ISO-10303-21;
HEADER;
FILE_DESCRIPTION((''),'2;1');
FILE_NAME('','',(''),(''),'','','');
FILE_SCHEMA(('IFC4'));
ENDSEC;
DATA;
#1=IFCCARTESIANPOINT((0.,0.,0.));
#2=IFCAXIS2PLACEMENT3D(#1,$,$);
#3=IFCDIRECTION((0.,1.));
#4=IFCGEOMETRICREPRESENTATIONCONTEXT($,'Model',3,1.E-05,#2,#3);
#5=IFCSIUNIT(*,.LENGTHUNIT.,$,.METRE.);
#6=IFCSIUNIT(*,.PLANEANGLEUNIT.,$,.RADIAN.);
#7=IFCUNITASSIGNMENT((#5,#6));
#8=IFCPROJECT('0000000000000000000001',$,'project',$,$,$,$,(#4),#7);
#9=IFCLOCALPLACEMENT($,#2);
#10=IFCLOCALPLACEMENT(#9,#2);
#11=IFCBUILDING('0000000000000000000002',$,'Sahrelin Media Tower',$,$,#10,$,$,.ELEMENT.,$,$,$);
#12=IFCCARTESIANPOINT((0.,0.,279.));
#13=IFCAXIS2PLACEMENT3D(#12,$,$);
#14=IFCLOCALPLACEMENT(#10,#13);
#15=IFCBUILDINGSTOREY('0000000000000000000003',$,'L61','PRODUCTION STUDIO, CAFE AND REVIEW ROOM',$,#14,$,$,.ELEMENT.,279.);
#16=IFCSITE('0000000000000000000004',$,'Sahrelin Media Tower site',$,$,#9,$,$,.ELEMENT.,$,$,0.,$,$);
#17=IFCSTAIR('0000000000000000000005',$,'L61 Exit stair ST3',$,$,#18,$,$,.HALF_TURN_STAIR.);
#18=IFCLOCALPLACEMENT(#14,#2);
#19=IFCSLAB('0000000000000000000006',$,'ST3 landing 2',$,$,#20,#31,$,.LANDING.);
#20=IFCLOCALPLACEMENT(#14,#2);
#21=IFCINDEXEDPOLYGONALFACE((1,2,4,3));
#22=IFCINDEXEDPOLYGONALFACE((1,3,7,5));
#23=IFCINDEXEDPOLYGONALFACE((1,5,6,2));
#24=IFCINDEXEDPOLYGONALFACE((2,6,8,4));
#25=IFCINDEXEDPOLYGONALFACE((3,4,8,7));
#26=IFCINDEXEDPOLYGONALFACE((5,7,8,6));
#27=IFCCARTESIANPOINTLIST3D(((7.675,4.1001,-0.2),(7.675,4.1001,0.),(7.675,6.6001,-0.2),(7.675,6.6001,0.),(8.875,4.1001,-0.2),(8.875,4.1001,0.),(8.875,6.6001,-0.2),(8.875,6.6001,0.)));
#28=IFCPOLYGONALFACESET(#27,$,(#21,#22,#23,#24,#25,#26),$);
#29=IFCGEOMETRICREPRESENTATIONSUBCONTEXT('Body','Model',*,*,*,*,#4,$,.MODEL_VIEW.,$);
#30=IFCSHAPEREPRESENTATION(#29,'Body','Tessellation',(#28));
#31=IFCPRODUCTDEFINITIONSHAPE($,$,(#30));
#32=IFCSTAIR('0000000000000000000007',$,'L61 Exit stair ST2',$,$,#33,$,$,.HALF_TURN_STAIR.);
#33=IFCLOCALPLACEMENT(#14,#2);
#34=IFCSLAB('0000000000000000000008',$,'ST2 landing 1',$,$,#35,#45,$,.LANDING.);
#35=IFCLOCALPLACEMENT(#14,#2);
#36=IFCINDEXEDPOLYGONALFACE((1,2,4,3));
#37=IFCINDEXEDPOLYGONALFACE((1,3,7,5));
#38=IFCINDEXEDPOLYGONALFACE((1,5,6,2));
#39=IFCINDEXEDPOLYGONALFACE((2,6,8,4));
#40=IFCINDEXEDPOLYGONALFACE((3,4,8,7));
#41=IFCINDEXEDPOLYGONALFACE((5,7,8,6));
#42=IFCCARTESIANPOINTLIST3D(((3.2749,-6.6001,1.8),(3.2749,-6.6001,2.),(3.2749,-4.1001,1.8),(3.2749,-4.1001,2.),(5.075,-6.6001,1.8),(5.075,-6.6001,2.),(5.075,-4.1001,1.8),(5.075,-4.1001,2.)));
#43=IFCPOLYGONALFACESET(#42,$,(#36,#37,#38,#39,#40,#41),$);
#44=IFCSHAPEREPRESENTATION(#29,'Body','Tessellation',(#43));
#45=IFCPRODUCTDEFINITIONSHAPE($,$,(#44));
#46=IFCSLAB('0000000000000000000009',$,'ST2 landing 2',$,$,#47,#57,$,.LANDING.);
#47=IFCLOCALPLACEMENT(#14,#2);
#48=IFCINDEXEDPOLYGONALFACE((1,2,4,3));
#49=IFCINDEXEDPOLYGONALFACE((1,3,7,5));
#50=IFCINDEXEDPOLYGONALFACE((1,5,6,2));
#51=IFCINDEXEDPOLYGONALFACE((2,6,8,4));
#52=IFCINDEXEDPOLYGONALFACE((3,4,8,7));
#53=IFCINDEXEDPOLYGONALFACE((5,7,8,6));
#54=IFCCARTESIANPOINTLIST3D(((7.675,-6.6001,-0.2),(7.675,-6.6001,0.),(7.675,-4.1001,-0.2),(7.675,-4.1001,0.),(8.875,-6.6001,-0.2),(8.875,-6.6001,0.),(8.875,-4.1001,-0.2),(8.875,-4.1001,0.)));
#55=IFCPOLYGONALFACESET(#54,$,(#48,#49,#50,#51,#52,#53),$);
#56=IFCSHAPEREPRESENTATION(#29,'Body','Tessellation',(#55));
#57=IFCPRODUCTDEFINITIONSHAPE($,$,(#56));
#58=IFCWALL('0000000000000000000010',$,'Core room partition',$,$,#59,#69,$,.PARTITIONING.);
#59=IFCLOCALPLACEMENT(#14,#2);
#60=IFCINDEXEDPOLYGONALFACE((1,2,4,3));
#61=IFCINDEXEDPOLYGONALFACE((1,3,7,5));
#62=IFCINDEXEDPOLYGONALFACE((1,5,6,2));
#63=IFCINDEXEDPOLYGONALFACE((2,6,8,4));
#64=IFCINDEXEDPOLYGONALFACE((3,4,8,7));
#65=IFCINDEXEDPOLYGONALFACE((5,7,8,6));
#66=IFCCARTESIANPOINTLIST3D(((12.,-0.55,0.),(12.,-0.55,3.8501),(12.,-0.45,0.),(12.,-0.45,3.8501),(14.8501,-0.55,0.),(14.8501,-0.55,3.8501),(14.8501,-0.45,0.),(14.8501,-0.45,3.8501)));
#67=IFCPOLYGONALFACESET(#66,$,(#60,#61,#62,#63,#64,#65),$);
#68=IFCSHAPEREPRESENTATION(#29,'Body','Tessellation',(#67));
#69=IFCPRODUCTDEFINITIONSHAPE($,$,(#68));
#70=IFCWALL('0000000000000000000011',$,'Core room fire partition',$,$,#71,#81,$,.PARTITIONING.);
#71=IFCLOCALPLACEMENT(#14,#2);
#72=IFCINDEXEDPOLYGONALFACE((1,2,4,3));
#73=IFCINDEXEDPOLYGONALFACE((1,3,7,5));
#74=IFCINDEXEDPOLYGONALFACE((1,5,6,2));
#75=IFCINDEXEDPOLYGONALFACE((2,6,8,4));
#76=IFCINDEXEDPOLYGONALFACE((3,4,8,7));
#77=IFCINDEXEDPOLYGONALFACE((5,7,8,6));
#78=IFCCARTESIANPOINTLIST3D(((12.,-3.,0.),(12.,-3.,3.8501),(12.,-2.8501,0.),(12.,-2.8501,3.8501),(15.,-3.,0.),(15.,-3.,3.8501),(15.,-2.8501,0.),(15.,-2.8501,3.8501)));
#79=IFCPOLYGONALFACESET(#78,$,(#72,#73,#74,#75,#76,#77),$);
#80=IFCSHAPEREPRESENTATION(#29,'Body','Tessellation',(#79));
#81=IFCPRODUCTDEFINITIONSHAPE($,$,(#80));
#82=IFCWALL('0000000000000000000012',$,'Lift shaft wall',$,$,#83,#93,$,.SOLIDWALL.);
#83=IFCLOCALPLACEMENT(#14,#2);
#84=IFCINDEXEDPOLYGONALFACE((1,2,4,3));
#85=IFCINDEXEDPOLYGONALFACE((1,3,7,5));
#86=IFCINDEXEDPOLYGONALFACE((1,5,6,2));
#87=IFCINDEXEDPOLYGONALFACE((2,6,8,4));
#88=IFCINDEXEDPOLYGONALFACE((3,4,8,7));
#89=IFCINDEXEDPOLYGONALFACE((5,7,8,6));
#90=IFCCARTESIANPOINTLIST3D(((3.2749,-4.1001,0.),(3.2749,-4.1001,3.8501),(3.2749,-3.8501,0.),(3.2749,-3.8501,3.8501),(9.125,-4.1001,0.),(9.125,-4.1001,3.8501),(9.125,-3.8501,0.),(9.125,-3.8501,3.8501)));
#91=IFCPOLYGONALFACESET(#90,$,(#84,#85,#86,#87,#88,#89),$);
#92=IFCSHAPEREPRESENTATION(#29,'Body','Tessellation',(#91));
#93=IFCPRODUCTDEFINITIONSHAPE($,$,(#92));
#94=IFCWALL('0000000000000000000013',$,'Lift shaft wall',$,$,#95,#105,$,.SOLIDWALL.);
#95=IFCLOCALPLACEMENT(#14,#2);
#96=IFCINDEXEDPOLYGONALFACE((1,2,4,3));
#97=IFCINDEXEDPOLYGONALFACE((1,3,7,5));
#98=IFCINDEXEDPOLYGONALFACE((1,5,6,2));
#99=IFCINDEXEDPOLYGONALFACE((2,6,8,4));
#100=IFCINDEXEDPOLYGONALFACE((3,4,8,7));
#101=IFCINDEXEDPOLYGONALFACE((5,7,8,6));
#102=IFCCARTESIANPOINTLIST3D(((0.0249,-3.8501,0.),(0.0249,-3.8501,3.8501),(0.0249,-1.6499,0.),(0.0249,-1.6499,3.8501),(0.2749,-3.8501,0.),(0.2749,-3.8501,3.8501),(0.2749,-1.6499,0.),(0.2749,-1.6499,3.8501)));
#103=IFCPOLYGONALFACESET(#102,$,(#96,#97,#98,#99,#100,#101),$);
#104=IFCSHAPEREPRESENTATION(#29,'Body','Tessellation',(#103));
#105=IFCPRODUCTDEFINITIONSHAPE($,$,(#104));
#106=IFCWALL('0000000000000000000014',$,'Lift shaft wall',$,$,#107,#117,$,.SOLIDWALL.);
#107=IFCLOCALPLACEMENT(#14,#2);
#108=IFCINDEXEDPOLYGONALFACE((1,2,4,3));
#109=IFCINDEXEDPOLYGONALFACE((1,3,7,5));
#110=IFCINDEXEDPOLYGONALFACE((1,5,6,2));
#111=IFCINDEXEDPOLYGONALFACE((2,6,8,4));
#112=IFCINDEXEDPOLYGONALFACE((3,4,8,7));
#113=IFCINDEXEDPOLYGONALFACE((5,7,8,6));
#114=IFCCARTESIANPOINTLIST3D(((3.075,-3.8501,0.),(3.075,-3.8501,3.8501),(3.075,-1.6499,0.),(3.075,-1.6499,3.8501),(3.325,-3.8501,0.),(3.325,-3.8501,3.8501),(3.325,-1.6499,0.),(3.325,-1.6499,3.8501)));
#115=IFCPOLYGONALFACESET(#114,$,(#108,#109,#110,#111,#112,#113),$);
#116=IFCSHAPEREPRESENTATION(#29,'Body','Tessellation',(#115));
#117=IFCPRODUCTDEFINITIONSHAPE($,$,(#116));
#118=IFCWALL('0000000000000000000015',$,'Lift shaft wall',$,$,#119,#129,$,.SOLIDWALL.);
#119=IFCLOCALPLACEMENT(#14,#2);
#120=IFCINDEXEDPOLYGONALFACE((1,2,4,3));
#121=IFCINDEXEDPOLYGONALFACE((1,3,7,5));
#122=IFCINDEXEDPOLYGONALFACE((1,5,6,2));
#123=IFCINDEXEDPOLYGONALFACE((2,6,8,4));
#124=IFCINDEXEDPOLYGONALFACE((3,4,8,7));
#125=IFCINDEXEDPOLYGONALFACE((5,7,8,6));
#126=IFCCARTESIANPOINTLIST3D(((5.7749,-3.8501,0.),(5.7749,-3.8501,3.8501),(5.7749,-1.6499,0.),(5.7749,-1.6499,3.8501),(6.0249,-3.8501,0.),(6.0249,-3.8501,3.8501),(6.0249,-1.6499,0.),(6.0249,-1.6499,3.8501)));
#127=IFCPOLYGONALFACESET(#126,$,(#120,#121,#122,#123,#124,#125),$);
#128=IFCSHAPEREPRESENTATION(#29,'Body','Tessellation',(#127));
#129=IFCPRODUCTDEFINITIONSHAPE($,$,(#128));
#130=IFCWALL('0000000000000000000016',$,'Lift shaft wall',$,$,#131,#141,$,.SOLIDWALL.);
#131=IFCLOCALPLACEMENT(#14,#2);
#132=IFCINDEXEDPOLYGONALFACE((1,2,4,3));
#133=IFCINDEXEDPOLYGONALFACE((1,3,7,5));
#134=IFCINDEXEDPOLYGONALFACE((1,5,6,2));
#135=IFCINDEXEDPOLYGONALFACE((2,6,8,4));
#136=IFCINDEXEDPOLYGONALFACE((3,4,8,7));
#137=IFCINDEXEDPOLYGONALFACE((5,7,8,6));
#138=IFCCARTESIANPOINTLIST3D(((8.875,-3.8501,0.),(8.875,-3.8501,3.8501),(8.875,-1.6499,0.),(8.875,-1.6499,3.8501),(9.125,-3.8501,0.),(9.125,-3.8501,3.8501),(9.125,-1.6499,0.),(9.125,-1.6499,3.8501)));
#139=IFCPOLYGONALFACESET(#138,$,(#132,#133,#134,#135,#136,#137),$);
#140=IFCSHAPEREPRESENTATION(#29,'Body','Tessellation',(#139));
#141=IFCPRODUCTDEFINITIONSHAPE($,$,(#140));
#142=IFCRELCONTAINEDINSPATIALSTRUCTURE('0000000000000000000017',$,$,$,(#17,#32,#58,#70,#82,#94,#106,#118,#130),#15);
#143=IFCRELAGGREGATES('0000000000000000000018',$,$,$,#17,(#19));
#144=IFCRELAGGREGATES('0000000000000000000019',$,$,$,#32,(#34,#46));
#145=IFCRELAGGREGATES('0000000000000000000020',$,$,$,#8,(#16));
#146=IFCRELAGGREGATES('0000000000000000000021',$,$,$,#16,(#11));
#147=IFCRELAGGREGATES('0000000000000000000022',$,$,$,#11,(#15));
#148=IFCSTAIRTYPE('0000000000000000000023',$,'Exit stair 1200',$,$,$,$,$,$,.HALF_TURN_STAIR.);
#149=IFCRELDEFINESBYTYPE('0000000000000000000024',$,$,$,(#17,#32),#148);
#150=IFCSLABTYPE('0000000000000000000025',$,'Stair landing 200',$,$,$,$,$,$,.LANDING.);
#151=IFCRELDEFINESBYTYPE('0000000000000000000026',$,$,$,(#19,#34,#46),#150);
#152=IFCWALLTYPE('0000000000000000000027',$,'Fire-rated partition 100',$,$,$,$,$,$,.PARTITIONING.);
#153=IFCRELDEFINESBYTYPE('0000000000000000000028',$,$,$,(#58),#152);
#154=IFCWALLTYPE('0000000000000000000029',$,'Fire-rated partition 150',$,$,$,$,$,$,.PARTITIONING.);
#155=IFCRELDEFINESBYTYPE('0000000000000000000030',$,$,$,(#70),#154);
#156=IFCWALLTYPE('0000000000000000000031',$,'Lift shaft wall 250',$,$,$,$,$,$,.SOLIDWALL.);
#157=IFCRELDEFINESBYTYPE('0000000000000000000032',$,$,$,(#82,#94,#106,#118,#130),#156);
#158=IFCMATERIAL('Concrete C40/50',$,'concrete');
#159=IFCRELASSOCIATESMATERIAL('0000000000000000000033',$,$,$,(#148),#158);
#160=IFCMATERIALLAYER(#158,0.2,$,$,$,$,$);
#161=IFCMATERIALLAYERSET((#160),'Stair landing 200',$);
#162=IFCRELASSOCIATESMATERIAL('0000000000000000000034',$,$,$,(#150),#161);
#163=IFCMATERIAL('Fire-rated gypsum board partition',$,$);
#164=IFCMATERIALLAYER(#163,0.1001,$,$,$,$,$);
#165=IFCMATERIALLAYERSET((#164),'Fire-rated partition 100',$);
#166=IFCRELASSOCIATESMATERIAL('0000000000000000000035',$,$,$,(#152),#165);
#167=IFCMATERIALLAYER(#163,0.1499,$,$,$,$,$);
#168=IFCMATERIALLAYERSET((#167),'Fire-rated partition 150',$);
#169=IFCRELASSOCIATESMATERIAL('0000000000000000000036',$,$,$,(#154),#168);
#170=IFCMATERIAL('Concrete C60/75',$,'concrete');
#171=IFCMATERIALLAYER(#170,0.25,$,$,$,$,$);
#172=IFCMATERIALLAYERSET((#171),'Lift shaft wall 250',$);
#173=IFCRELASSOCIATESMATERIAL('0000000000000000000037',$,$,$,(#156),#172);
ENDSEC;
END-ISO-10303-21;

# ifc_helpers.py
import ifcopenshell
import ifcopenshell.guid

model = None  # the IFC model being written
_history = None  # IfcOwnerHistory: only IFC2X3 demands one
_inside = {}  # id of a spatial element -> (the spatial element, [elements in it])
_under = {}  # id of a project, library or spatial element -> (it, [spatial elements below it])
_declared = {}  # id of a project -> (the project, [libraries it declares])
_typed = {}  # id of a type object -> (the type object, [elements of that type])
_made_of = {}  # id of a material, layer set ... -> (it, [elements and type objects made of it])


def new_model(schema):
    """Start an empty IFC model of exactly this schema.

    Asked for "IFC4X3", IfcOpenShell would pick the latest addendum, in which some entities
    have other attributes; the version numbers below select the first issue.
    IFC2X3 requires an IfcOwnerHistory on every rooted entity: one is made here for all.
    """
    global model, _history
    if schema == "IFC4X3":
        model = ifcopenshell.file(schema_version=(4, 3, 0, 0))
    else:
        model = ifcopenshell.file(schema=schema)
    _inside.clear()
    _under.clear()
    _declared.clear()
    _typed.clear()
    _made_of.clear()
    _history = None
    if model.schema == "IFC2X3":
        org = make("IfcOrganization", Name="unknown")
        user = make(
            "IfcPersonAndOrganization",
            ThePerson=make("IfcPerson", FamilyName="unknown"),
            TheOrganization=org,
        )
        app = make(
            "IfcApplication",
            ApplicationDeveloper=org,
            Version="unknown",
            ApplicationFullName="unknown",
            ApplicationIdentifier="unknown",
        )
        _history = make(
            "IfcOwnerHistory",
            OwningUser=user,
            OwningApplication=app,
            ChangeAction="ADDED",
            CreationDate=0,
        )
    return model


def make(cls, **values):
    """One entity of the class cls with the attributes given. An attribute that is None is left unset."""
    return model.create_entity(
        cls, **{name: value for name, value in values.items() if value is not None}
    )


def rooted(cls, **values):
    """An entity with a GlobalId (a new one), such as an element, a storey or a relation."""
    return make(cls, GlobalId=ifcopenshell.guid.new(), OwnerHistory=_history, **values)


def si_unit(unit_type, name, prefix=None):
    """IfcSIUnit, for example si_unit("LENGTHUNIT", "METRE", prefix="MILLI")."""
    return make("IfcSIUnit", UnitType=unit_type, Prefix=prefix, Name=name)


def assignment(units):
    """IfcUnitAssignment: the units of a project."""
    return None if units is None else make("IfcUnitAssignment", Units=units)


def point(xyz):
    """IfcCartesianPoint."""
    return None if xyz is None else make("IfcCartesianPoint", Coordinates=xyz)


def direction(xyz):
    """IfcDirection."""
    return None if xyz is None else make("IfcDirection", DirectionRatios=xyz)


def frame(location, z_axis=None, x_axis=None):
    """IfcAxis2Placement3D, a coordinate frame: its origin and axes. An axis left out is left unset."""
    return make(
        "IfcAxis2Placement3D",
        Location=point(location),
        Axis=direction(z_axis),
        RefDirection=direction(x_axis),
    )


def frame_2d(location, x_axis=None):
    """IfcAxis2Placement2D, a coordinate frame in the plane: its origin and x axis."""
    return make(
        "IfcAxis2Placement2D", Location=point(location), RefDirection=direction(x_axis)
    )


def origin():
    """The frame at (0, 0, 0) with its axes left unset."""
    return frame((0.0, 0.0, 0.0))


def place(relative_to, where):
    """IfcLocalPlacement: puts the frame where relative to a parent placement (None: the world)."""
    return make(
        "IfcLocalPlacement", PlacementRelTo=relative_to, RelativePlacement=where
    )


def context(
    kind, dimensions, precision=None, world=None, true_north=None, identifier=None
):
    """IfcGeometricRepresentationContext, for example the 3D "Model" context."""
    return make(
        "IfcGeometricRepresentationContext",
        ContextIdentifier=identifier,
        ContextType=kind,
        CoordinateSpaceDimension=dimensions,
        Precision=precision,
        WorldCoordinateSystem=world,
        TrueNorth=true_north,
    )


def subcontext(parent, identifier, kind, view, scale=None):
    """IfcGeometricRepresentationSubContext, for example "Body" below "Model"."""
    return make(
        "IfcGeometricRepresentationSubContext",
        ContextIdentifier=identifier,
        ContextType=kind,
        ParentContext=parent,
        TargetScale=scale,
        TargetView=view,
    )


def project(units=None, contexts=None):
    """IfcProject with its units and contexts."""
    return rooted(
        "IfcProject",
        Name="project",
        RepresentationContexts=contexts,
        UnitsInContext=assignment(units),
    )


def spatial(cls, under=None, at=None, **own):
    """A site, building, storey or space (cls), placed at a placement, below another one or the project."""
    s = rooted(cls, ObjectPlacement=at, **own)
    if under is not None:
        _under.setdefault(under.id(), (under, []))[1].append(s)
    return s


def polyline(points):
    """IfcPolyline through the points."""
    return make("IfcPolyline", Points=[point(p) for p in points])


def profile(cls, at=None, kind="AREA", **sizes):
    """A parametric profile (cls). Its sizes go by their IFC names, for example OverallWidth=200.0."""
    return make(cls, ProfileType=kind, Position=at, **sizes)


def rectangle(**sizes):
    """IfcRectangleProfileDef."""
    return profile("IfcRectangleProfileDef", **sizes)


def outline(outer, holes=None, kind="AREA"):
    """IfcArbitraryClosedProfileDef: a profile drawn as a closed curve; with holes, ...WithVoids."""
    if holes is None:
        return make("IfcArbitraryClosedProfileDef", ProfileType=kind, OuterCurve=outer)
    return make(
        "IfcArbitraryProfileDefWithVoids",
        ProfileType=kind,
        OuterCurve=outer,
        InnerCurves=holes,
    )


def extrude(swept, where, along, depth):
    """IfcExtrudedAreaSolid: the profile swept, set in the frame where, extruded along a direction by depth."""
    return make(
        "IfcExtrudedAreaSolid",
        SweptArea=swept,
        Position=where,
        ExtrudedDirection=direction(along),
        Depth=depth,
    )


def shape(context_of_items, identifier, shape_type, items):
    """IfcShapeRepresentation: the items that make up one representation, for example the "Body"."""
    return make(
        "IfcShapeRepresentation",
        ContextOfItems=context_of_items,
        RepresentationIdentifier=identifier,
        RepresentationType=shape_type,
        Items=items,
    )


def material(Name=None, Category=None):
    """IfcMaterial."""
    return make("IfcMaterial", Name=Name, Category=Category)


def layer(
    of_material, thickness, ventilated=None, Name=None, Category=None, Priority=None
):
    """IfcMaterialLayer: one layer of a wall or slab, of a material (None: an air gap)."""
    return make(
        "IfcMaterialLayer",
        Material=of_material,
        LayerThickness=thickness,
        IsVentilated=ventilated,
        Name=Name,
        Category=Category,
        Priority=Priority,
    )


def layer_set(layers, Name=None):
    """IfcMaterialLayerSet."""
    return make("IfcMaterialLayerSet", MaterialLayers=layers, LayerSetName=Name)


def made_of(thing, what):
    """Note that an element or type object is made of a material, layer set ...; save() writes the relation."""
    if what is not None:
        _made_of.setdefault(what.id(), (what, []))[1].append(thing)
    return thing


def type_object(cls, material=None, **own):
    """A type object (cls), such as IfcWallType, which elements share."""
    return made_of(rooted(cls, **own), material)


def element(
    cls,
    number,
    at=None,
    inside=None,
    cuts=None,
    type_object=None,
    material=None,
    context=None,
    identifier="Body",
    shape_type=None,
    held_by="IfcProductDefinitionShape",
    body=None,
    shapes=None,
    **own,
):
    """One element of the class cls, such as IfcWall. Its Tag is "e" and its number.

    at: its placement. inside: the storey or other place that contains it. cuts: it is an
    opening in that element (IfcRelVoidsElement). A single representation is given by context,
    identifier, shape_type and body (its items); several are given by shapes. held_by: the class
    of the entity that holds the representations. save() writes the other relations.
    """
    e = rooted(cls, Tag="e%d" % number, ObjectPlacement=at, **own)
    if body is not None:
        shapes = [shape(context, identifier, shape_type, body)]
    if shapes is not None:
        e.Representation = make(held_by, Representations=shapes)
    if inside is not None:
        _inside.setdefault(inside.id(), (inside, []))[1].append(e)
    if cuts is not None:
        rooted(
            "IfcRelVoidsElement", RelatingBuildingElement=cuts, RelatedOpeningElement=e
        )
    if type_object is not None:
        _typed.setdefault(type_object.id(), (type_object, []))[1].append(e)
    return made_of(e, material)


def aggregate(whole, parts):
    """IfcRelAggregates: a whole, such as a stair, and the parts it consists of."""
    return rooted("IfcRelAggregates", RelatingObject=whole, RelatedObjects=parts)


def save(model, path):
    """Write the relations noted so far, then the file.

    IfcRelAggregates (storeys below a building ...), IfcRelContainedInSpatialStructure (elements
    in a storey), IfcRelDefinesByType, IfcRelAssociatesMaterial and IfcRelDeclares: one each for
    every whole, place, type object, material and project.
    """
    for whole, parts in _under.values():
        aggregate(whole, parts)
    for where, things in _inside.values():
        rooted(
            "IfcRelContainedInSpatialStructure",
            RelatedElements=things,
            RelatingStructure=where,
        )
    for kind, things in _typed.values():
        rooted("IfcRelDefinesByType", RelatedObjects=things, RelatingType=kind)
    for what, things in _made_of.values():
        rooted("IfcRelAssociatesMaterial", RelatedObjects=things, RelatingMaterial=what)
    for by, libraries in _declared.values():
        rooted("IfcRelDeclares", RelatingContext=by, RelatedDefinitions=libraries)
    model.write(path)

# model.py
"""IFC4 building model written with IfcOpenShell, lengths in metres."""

from ifc_helpers import new_model, si_unit, direction, frame, frame_2d, origin, place, context, subcontext, project, spatial, polyline, rectangle, outline, extrude, material, layer, layer_set, type_object, element, aggregate, save


model = new_model("IFC4")

# Units and contexts
model_context = context("Model", 3, precision=1e-05, world=origin(), true_north=direction((0.0, 1.0)))
body_context = subcontext(model_context, "Body", "Model", "MODEL_VIEW")
ifc_project = project(units=[si_unit("LENGTHUNIT", "METRE"), si_unit("PLANEANGLEUNIT", "RADIAN")], contexts=[model_context])

# Site, building, storey
site_placement = place(None, origin())
site = spatial("IfcSite", under=ifc_project, at=site_placement, Name="Sahrelin Media Tower site", CompositionType="ELEMENT", RefElevation=0.0)
building_placement = place(site_placement, origin())
building = spatial("IfcBuilding", under=site, at=building_placement, Name="Sahrelin Media Tower", CompositionType="ELEMENT")
storey_placement = place(building_placement, frame((0.0, 0.0, 279.0)))
storey = spatial("IfcBuildingStorey", under=building, at=storey_placement, Name="L61", Description="PRODUCTION STUDIO, CAFE AND REVIEW ROOM", CompositionType="ELEMENT", Elevation=279.0)

# Shared definitions
ifc_material_1 = material(Name="Concrete C40/50", Category="concrete")

# Shared definitions
stair_type = type_object("IfcStairType", Name="Exit stair 1200", PredefinedType="HALF_TURN_STAIR", material=ifc_material_1)
placement_1 = place(storey_placement, origin())
ifc_layer_1 = layer(ifc_material_1, 0.2)
ifc_layer_set_1 = layer_set([ifc_layer_1], Name="Stair landing 200")
slab_type_1 = type_object("IfcSlabType", Name="Stair landing 200", PredefinedType="LANDING", material=ifc_layer_set_1)
placement_2 = place(storey_placement, frame((0.0, 0.0, -0.2)))

# Stairs, slabs
stair_1 = element("IfcStair", 1, at=placement_1, inside=storey, type_object=stair_type, Name="L61 Exit stair ST3", PredefinedType="HALF_TURN_STAIR")
placement_3 = place(storey_placement, frame((0.0, 0.0, 1.8)))
slab_1 = element("IfcSlab", 2, at=placement_2, type_object=slab_type_1, Name="ST3 landing 2", PredefinedType="LANDING", context=body_context, shape_type="SweptSolid", body=[
    extrude(outline(polyline([(8.875, 6.6001), (7.675, 6.6001), (7.675, 4.1001), (8.875, 4.1001), (8.875, 6.6001)])), origin(), (0.0, 0.0, 1.0), 0.2),
])
aggregate(stair_1, [slab_1])
stair_2 = element("IfcStair", 3, at=placement_1, inside=storey, type_object=stair_type, Name="L61 Exit stair ST2", PredefinedType="HALF_TURN_STAIR")
slab_2 = element("IfcSlab", 4, at=placement_3, type_object=slab_type_1, Name="ST2 landing 1", PredefinedType="LANDING", context=body_context, shape_type="SweptSolid", body=[
    extrude(outline(polyline([(5.075, -4.1001), (3.2749, -4.1001), (3.2749, -6.6001), (5.075, -6.6001), (5.075, -4.1001)])), origin(), (0.0, 0.0, 1.0), 0.2),
])
slab_3 = element("IfcSlab", 5, at=placement_2, type_object=slab_type_1, Name="ST2 landing 2", PredefinedType="LANDING", context=body_context, shape_type="SweptSolid", body=[
    extrude(outline(polyline([(8.875, -4.1001), (7.675, -4.1001), (7.675, -6.6001), (8.875, -6.6001), (8.875, -4.1001)])), origin(), (0.0, 0.0, 1.0), 0.2),
])
aggregate(stair_2, [slab_2, slab_3])

# Walls
ifc_material_2 = material(Name="Fire-rated gypsum board partition")
ifc_layer_2 = layer(ifc_material_2, 0.1001)
ifc_layer_set_2 = layer_set([ifc_layer_2], Name="Fire-rated partition 100")
wall_type_1 = type_object("IfcWallType", Name="Fire-rated partition 100", PredefinedType="PARTITIONING", material=ifc_layer_set_2)
wall_1_placement = place(storey_placement, frame((12.0, -0.5, 0.0), z_axis=(0.0, 0.0, 1.0), x_axis=(1.0, 0.0, 0.0)))
element("IfcWall", 6, at=wall_1_placement, inside=storey, type_object=wall_type_1, Name="Core room partition", PredefinedType="PARTITIONING", context=body_context, shape_type="SweptSolid", body=[
    extrude(rectangle(XDim=2.8501, YDim=0.1001, at=frame_2d((1.425, 0.0))), origin(), (0.0, 0.0, 1.0), 3.8501),
])
ifc_layer_3 = layer(ifc_material_2, 0.1499)
ifc_layer_set_3 = layer_set([ifc_layer_3], Name="Fire-rated partition 150")
wall_type_2 = type_object("IfcWallType", Name="Fire-rated partition 150", PredefinedType="PARTITIONING", material=ifc_layer_set_3)
wall_2_placement = place(storey_placement, frame((12.0, -2.925, 0.0), z_axis=(0.0, 0.0, 1.0), x_axis=(1.0, 0.0, 0.0)))
element("IfcWall", 7, at=wall_2_placement, inside=storey, type_object=wall_type_2, Name="Core room fire partition", PredefinedType="PARTITIONING", context=body_context, shape_type="SweptSolid", body=[
    extrude(rectangle(XDim=3.0, YDim=0.1499, at=frame_2d((1.5, 0.0))), origin(), (0.0, 0.0, 1.0), 3.8501),
])
ifc_material_3 = material(Name="Concrete C60/75", Category="concrete")
ifc_layer_4 = layer(ifc_material_3, 0.25)
ifc_layer_set_4 = layer_set([ifc_layer_4], Name="Lift shaft wall 250")
wall_type_3 = type_object("IfcWallType", Name="Lift shaft wall 250", PredefinedType="SOLIDWALL", material=ifc_layer_set_4)
wall_3_placement = place(storey_placement, frame((3.2749, -3.9751, 0.0), z_axis=(0.0, 0.0, 1.0), x_axis=(1.0, 0.0, 0.0)))
element("IfcWall", 8, at=wall_3_placement, inside=storey, type_object=wall_type_3, Name="Lift shaft wall", PredefinedType="SOLIDWALL", context=body_context, shape_type="SweptSolid", body=[
    extrude(rectangle(XDim=5.8501, YDim=0.25, at=frame_2d((2.925, 0.0))), origin(), (0.0, 0.0, 1.0), 3.8501),
])
for number, where, z_axis, x_axis, name in (
    (9, (0.1499, -3.8501, 0.0), (0.0, 0.0, 1.0), (0.0, 1.0, 0.0), "Lift shaft wall"),
    (10, (3.2, -3.8501, 0.0), (0.0, 0.0, 1.0), (0.0, 1.0, 0.0), "Lift shaft wall"),
    (11, (5.8999, -3.8501, 0.0), (0.0, 0.0, 1.0), (0.0, 1.0, 0.0), "Lift shaft wall"),
    (12, (9.0, -3.8501, 0.0), (0.0, 0.0, 1.0), (0.0, 1.0, 0.0), "Lift shaft wall"),
):
    element("IfcWall", number, at=place(storey_placement, frame(where, z_axis=z_axis, x_axis=x_axis)), inside=storey, type_object=wall_type_3, Name=name, PredefinedType="SOLIDWALL", context=body_context, shape_type="SweptSolid", body=[
        extrude(rectangle(XDim=2.2002, YDim=0.25, at=frame_2d((1.1001, 0.0))), origin(), (0.0, 0.0, 1.0), 3.8501),
    ])

save(model, "model.ifc")
